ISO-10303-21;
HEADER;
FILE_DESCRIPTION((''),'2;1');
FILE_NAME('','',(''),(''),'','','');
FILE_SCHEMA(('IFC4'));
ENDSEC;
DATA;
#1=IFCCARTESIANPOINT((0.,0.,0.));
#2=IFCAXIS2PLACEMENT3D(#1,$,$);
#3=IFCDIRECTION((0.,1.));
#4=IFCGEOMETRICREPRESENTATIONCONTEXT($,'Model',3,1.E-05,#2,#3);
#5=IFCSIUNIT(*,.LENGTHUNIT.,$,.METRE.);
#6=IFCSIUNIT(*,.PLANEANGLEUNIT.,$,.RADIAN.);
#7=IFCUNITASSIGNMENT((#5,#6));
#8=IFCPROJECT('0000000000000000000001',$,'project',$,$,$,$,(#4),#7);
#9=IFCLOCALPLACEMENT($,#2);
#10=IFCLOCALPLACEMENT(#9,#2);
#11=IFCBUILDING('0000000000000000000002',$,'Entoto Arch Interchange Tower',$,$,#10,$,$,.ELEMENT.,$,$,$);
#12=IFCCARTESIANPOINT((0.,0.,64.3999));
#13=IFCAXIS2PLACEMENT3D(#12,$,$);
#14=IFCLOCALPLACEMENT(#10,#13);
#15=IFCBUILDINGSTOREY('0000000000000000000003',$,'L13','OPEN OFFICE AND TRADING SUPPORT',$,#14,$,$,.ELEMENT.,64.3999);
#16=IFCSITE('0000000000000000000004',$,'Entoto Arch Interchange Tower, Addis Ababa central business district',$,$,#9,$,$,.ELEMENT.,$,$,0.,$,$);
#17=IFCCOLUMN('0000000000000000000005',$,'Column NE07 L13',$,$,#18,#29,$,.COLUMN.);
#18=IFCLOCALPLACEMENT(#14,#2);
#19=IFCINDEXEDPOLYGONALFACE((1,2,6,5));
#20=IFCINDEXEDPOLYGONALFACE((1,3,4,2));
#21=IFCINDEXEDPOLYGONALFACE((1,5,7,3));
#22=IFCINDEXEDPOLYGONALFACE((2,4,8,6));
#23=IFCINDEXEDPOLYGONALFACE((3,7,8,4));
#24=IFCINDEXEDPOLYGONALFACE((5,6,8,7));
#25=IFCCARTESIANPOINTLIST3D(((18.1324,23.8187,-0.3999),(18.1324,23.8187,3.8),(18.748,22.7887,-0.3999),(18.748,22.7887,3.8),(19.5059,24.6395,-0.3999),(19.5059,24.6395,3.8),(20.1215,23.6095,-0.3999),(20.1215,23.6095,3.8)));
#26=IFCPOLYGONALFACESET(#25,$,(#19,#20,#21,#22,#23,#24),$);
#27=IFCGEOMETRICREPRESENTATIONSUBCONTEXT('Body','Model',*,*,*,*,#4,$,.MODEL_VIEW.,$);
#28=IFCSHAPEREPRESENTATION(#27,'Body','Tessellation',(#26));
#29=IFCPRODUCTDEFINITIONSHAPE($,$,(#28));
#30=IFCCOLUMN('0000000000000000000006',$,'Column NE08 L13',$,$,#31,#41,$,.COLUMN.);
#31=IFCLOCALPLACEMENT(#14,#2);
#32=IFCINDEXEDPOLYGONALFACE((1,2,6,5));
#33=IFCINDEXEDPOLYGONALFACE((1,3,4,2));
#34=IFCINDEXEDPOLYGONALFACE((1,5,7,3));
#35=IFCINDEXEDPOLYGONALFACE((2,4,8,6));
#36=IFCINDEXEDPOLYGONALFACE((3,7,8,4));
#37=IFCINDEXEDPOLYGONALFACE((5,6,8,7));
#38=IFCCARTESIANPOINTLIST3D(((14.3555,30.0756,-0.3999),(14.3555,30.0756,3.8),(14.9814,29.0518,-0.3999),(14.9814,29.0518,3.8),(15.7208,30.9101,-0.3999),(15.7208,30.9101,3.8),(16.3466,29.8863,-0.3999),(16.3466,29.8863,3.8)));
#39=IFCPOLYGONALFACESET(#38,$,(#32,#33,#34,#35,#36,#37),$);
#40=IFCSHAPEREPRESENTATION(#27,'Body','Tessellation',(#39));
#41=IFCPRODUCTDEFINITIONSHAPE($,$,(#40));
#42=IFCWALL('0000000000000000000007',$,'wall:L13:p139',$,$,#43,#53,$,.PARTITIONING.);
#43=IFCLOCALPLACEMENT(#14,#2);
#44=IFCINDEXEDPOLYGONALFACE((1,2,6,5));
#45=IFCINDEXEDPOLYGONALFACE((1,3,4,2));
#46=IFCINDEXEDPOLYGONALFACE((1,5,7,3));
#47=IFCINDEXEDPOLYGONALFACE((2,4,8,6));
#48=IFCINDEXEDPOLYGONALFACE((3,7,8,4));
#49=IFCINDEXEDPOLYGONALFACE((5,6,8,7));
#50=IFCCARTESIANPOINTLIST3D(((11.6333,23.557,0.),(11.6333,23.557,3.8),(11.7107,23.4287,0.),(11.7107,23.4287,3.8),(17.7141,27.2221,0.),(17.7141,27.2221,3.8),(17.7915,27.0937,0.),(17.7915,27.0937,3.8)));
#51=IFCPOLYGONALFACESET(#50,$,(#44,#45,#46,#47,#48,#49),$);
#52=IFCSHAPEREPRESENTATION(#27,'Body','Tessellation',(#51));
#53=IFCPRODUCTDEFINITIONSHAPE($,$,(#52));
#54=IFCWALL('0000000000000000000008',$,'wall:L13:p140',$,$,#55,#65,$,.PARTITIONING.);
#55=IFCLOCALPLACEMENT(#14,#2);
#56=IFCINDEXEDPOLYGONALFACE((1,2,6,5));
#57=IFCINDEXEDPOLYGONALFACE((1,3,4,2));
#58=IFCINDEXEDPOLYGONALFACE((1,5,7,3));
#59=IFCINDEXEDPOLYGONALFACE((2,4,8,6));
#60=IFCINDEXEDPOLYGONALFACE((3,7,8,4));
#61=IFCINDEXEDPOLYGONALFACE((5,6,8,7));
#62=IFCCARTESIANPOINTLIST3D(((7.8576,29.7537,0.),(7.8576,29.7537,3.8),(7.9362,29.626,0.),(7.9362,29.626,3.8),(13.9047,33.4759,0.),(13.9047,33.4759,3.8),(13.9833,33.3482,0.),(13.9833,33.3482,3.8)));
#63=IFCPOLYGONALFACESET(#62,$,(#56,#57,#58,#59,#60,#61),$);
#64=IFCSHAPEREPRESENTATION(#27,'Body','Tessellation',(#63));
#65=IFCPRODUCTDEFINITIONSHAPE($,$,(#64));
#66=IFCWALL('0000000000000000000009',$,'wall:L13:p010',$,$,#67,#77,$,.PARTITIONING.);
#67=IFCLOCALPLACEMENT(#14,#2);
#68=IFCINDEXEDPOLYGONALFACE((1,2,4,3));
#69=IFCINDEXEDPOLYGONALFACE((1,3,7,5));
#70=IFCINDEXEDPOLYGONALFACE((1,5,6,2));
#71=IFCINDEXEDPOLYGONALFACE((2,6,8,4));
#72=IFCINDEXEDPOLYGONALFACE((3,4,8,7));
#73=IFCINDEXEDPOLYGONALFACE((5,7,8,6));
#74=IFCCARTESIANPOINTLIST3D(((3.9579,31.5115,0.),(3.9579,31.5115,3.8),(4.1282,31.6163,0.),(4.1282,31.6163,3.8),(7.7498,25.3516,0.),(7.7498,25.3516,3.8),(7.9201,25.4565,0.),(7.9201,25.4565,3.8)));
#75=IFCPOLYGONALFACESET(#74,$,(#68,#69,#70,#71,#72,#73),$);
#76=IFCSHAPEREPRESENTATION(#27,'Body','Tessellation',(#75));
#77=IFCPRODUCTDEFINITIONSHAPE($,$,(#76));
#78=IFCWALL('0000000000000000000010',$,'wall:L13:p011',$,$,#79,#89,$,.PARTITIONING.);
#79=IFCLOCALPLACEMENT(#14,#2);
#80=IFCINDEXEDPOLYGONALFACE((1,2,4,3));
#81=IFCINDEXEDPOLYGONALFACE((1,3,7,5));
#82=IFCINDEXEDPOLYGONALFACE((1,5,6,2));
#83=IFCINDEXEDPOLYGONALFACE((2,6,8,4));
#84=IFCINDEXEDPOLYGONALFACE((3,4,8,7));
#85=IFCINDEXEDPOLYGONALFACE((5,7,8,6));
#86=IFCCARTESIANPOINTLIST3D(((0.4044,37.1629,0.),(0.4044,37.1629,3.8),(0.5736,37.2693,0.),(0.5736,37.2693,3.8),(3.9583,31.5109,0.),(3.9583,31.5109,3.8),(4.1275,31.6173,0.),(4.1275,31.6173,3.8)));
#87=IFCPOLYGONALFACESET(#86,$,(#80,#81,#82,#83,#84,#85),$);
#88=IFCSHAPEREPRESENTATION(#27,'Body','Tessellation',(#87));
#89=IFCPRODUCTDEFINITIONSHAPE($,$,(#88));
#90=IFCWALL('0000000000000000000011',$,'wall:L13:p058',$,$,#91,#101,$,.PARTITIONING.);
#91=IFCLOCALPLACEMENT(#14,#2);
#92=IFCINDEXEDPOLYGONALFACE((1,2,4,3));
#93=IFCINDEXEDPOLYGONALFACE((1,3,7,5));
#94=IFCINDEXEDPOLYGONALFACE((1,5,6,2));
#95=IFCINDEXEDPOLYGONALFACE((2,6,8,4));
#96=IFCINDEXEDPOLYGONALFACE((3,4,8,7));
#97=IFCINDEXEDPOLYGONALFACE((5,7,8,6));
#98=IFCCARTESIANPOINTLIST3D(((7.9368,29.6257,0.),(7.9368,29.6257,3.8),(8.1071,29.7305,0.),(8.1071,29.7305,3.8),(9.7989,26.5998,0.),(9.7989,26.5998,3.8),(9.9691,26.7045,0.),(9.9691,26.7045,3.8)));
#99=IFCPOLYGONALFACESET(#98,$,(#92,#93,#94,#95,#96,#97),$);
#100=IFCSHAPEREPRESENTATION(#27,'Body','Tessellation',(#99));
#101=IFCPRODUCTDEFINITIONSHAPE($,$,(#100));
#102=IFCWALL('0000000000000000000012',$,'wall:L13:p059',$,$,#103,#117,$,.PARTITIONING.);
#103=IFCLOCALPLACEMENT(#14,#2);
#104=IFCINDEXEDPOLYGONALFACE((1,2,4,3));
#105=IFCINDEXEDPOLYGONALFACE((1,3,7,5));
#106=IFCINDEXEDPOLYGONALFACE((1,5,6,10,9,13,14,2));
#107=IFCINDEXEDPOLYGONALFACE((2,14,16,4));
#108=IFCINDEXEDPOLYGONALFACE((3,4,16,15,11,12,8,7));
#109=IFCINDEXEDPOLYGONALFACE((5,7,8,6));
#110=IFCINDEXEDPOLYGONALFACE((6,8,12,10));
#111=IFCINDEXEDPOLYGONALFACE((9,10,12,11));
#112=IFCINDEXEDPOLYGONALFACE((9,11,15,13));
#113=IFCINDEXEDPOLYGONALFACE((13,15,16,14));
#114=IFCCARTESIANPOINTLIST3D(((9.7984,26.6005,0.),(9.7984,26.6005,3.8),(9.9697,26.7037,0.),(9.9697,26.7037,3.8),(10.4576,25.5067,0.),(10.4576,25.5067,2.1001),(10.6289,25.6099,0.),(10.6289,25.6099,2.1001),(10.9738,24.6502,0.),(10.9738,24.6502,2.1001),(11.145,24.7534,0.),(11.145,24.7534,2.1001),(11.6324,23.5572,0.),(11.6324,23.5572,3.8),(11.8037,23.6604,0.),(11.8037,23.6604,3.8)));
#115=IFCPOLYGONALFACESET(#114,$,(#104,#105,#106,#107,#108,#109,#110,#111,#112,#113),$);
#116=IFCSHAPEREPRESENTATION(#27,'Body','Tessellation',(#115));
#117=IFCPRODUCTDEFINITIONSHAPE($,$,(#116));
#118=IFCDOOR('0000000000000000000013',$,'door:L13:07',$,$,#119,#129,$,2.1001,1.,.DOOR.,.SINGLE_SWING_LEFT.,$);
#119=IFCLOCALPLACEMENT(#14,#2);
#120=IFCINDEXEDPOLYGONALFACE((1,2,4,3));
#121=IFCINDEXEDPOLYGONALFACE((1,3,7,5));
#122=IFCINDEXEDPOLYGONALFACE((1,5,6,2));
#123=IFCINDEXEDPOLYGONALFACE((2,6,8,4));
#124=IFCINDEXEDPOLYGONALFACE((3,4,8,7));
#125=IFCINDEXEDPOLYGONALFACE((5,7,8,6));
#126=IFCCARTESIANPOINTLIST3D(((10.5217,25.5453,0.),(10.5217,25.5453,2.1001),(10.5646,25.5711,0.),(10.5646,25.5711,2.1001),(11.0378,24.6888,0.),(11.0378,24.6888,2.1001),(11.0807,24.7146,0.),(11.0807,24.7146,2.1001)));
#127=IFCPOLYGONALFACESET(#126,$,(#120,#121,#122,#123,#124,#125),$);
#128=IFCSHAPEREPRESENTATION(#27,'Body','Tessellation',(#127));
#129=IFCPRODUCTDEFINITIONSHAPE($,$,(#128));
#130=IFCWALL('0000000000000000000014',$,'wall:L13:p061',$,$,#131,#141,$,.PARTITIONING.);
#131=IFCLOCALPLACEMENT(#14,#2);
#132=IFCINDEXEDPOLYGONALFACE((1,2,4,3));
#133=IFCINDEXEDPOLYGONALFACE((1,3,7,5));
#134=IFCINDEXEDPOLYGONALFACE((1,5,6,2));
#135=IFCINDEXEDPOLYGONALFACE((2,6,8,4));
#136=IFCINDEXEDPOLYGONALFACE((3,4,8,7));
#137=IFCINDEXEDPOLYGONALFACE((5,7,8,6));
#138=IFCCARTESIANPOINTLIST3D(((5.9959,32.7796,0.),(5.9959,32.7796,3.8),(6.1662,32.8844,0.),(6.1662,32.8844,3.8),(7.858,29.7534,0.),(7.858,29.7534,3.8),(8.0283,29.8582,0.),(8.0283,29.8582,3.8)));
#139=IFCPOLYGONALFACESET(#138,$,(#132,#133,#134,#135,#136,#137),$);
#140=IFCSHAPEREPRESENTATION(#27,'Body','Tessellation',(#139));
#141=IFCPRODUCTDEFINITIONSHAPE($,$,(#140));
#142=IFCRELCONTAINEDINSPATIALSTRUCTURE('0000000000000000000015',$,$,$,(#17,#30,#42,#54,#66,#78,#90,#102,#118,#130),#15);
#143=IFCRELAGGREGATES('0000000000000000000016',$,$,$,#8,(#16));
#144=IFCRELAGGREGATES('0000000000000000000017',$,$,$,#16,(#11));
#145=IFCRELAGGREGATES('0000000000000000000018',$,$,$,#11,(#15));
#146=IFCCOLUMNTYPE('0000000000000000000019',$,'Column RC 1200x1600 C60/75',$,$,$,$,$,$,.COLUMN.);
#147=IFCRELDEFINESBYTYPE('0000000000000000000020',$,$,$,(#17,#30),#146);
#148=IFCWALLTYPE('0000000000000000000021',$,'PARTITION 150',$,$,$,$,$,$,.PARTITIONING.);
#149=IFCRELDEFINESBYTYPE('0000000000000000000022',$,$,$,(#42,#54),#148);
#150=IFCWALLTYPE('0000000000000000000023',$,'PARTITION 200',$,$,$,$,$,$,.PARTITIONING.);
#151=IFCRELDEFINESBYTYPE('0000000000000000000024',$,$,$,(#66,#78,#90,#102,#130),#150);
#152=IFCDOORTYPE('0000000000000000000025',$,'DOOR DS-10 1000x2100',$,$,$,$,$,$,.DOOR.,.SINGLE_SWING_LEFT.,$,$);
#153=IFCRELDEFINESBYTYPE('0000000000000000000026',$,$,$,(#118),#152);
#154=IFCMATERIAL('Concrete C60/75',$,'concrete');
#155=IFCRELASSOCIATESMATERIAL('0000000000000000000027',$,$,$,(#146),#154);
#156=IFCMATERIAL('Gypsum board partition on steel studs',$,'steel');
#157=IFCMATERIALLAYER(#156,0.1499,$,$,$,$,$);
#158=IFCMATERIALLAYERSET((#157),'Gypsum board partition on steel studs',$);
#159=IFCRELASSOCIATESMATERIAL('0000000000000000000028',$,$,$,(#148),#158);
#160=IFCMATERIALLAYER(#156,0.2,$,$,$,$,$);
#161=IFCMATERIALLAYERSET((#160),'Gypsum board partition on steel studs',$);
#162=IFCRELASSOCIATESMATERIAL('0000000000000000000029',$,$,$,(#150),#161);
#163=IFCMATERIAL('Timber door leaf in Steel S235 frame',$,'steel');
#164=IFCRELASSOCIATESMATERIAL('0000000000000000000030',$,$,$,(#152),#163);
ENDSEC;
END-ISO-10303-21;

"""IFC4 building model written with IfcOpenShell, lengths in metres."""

from ifc_helpers import new_model, si_unit, direction, frame, frame_2d, origin, origin_2d, place, context, subcontext, project, spatial, rectangle, extrude, material, layer, layer_set, material_profile, profile_set, type_object, element, fill, save


model = new_model("IFC4")

# Units and contexts
model_context = context("Model", 3, precision=1e-05, world=origin(), true_north=direction((0.0, 1.0)))
body_context = subcontext(model_context, "Body", "Model", "MODEL_VIEW")
ifc_project = project(units=[si_unit("LENGTHUNIT", "METRE"), si_unit("PLANEANGLEUNIT", "RADIAN")], contexts=[model_context])

# Site, building, storey
site_placement = place(None, origin())
site = spatial("IfcSite", under=ifc_project, at=site_placement, Name="Entoto Arch Interchange Tower, Addis Ababa central business district", CompositionType="ELEMENT", RefElevation=0.0)
building_placement = place(site_placement, origin())
building = spatial("IfcBuilding", under=site, at=building_placement, Name="Entoto Arch Interchange Tower", CompositionType="ELEMENT")
storey_placement = place(building_placement, frame((0.0, 0.0, 64.3999)))
storey = spatial("IfcBuildingStorey", under=building, at=storey_placement, Name="L13", Description="OPEN OFFICE AND TRADING SUPPORT", CompositionType="ELEMENT", Elevation=64.3999)

# Columns
ifc_material_1 = material(Name="Concrete C60/75", Category="concrete")
ifc_material_profile = material_profile(ifc_material_1, rectangle(XDim=1.2, YDim=1.6001, at=origin_2d()))
ifc_profile_set = profile_set([ifc_material_profile], Name="Concrete C60/75")
column_type = type_object("IfcColumnType", Name="Column RC 1200x1600 C60/75", PredefinedType="COLUMN", material=ifc_profile_set)
for number, where, z_axis, x_axis, name in (
    (1, (19.127, 23.7141, -0.3999), (0.0, 0.0, 1.0), (-0.512972, 0.858405, 0.0), "Column NE07 L13"),
    (2, (15.3511, 29.981, -0.3999), (0.0, 0.0, 1.0), (-0.521546, 0.853223, 0.0), "Column NE08 L13"),
):
    element("IfcColumn", number, at=place(storey_placement, frame(where, z_axis=z_axis, x_axis=x_axis)), inside=storey, type_object=column_type, Name=name, PredefinedType="COLUMN", context=body_context, shape_type="SweptSolid", body=[
        extrude(rectangle(XDim=1.2, YDim=1.6001, at=origin_2d()), origin(), (0.0, 0.0, 1.0), 4.2),
    ])

# Walls
ifc_material_2 = material(Name="Gypsum board partition on steel studs", Category="steel")
ifc_layer_1 = layer(ifc_material_2, 0.1499)
ifc_layer_set_1 = layer_set([ifc_layer_1], Name="Gypsum board partition on steel studs")
wall_type_1 = type_object("IfcWallType", Name="PARTITION 150", PredefinedType="PARTITIONING", material=ifc_layer_set_1)
wall_1_placement = place(storey_placement, frame((11.6721, 23.4929, 0.0), z_axis=(0.0, 0.0, 1.0), x_axis=(0.856463, 0.516209, 0.0)))
element("IfcWall", 3, at=wall_1_placement, inside=storey, type_object=wall_type_1, Name="wall:L13:p139", PredefinedType="PARTITIONING", context=body_context, shape_type="SweptSolid", body=[
    extrude(rectangle(XDim=7.0999, YDim=0.1499, at=frame_2d((3.5498, 0.0))), origin(), (0.0, 0.0, 1.0), 3.8),
])
wall_2_placement = place(storey_placement, frame((7.897, 29.6899, 0.0), z_axis=(0.0, 0.0, 1.0), x_axis=(0.851604, 0.524186, 0.0)))
element("IfcWall", 4, at=wall_2_placement, inside=storey, type_object=wall_type_1, Name="wall:L13:p140", PredefinedType="PARTITIONING", context=body_context, shape_type="SweptSolid", body=[
    extrude(rectangle(XDim=7.1008, YDim=0.1499, at=frame_2d((3.5503, 0.0))), origin(), (0.0, 0.0, 1.0), 3.8),
])
ifc_layer_2 = layer(ifc_material_2, 0.2)
ifc_layer_set_2 = layer_set([ifc_layer_2], Name="Gypsum board partition on steel studs")
wall_type_2 = type_object("IfcWallType", Name="PARTITION 200", PredefinedType="PARTITIONING", material=ifc_layer_set_2)
wall_3_placement = place(storey_placement, frame((7.835, 25.4041, 0.0), z_axis=(0.0, 0.0, 1.0), x_axis=(-0.524225, 0.85158, 0.0)))
element("IfcWall", 5, at=wall_3_placement, inside=storey, type_object=wall_type_2, Name="wall:L13:p010", PredefinedType="PARTITIONING", context=body_context, shape_type="SweptSolid", body=[
    extrude(rectangle(XDim=7.2334, YDim=0.2, at=frame_2d((3.6167, 0.0))), origin(), (0.0, 0.0, 1.0), 3.8),
])
wall_4_placement = place(storey_placement, frame((4.043, 31.564, 0.0), z_axis=(0.0, 0.0, 1.0), x_axis=(-0.532301, 0.846555, 0.0)))
element("IfcWall", 6, at=wall_4_placement, inside=storey, type_object=wall_type_2, Name="wall:L13:p011", PredefinedType="PARTITIONING", context=body_context, shape_type="SweptSolid", body=[
    extrude(rectangle(XDim=6.6765, YDim=0.2, at=frame_2d((3.3384, 0.0))), origin(), (0.0, 0.0, 1.0), 3.8),
])
wall_5_placement = place(storey_placement, frame((8.022, 29.678, 0.0), z_axis=(0.0, 0.0, 1.0), x_axis=(0.524094, -0.851661, 0.0)))
element("IfcWall", 7, at=wall_5_placement, inside=storey, type_object=wall_type_2, Name="wall:L13:p058", PredefinedType="PARTITIONING", context=body_context, shape_type="SweptSolid", body=[
    extrude(rectangle(XDim=3.553, YDim=0.2, at=frame_2d((1.7764, 0.0))), origin(), (0.0, 0.0, 1.0), 3.8),
])

# Wall, opening, door
wall_6_placement = place(storey_placement, frame((9.884, 26.6521, 0.0), z_axis=(0.0, 0.0, 1.0), x_axis=(0.516162, -0.856491, 0.0)))
wall_6 = element("IfcWall", 8, at=wall_6_placement, inside=storey, type_object=wall_type_2, Name="wall:L13:p059", PredefinedType="PARTITIONING", context=body_context, shape_type="SweptSolid", body=[
    extrude(rectangle(XDim=3.5532, YDim=0.2, at=frame_2d((1.7766, 0.0))), origin(), (0.0, 0.0, 1.0), 3.8),
])
opening_1_placement = place(wall_6_placement, frame((1.2771, 0.0, 0.0)))
opening_1 = element("IfcOpeningElement", 9, at=opening_1_placement, cuts=wall_6, PredefinedType="OPENING", context=body_context, shape_type="SweptSolid", body=[
    extrude(rectangle(XDim=1.0, YDim=2.1001, at=frame_2d((0.5, 1.05))), frame((0.0, 0.1099, 0.0), z_axis=(0.0, -1.0, 0.0), x_axis=(1.0, 0.0, 0.0)), (0.0, 0.0, 1.0), 0.22),
])
ifc_material_3 = material(Name="Timber door leaf in Steel S235 frame", Category="steel")
door_type = type_object("IfcDoorType", Name="DOOR DS-10 1000x2100", OperationType="SINGLE_SWING_LEFT", PredefinedType="DOOR", material=ifc_material_3)
door_placement = place(opening_1_placement, origin())
door = element("IfcDoor", 10, at=door_placement, inside=storey, type_object=door_type, Name="door:L13:07", OperationType="SINGLE_SWING_LEFT", OverallHeight=2.1001, OverallWidth=1.0, PredefinedType="DOOR", context=body_context, shape_type="SweptSolid", body=[
    extrude(rectangle(XDim=1.0, YDim=2.1001, at=frame_2d((0.5, 1.05))), frame((0.0, 0.0249, 0.0), z_axis=(0.0, -1.0, 0.0), x_axis=(1.0, 0.0, 0.0)), (0.0, 0.0, 1.0), 0.05),
])
fill(opening_1, door)

# Wall
wall_7_placement = place(storey_placement, frame((6.0811, 32.832, 0.0), z_axis=(0.0, 0.0, 1.0), x_axis=(0.524063, -0.85168, 0.0)))
element("IfcWall", 11, at=wall_7_placement, inside=storey, type_object=wall_type_2, Name="wall:L13:p061", PredefinedType="PARTITIONING", context=body_context, shape_type="SweptSolid", body=[
    extrude(rectangle(XDim=3.5532, YDim=0.2, at=frame_2d((1.7766, 0.0))), origin(), (0.0, 0.0, 1.0), 3.8),
])

save(model, "model.ifc")
